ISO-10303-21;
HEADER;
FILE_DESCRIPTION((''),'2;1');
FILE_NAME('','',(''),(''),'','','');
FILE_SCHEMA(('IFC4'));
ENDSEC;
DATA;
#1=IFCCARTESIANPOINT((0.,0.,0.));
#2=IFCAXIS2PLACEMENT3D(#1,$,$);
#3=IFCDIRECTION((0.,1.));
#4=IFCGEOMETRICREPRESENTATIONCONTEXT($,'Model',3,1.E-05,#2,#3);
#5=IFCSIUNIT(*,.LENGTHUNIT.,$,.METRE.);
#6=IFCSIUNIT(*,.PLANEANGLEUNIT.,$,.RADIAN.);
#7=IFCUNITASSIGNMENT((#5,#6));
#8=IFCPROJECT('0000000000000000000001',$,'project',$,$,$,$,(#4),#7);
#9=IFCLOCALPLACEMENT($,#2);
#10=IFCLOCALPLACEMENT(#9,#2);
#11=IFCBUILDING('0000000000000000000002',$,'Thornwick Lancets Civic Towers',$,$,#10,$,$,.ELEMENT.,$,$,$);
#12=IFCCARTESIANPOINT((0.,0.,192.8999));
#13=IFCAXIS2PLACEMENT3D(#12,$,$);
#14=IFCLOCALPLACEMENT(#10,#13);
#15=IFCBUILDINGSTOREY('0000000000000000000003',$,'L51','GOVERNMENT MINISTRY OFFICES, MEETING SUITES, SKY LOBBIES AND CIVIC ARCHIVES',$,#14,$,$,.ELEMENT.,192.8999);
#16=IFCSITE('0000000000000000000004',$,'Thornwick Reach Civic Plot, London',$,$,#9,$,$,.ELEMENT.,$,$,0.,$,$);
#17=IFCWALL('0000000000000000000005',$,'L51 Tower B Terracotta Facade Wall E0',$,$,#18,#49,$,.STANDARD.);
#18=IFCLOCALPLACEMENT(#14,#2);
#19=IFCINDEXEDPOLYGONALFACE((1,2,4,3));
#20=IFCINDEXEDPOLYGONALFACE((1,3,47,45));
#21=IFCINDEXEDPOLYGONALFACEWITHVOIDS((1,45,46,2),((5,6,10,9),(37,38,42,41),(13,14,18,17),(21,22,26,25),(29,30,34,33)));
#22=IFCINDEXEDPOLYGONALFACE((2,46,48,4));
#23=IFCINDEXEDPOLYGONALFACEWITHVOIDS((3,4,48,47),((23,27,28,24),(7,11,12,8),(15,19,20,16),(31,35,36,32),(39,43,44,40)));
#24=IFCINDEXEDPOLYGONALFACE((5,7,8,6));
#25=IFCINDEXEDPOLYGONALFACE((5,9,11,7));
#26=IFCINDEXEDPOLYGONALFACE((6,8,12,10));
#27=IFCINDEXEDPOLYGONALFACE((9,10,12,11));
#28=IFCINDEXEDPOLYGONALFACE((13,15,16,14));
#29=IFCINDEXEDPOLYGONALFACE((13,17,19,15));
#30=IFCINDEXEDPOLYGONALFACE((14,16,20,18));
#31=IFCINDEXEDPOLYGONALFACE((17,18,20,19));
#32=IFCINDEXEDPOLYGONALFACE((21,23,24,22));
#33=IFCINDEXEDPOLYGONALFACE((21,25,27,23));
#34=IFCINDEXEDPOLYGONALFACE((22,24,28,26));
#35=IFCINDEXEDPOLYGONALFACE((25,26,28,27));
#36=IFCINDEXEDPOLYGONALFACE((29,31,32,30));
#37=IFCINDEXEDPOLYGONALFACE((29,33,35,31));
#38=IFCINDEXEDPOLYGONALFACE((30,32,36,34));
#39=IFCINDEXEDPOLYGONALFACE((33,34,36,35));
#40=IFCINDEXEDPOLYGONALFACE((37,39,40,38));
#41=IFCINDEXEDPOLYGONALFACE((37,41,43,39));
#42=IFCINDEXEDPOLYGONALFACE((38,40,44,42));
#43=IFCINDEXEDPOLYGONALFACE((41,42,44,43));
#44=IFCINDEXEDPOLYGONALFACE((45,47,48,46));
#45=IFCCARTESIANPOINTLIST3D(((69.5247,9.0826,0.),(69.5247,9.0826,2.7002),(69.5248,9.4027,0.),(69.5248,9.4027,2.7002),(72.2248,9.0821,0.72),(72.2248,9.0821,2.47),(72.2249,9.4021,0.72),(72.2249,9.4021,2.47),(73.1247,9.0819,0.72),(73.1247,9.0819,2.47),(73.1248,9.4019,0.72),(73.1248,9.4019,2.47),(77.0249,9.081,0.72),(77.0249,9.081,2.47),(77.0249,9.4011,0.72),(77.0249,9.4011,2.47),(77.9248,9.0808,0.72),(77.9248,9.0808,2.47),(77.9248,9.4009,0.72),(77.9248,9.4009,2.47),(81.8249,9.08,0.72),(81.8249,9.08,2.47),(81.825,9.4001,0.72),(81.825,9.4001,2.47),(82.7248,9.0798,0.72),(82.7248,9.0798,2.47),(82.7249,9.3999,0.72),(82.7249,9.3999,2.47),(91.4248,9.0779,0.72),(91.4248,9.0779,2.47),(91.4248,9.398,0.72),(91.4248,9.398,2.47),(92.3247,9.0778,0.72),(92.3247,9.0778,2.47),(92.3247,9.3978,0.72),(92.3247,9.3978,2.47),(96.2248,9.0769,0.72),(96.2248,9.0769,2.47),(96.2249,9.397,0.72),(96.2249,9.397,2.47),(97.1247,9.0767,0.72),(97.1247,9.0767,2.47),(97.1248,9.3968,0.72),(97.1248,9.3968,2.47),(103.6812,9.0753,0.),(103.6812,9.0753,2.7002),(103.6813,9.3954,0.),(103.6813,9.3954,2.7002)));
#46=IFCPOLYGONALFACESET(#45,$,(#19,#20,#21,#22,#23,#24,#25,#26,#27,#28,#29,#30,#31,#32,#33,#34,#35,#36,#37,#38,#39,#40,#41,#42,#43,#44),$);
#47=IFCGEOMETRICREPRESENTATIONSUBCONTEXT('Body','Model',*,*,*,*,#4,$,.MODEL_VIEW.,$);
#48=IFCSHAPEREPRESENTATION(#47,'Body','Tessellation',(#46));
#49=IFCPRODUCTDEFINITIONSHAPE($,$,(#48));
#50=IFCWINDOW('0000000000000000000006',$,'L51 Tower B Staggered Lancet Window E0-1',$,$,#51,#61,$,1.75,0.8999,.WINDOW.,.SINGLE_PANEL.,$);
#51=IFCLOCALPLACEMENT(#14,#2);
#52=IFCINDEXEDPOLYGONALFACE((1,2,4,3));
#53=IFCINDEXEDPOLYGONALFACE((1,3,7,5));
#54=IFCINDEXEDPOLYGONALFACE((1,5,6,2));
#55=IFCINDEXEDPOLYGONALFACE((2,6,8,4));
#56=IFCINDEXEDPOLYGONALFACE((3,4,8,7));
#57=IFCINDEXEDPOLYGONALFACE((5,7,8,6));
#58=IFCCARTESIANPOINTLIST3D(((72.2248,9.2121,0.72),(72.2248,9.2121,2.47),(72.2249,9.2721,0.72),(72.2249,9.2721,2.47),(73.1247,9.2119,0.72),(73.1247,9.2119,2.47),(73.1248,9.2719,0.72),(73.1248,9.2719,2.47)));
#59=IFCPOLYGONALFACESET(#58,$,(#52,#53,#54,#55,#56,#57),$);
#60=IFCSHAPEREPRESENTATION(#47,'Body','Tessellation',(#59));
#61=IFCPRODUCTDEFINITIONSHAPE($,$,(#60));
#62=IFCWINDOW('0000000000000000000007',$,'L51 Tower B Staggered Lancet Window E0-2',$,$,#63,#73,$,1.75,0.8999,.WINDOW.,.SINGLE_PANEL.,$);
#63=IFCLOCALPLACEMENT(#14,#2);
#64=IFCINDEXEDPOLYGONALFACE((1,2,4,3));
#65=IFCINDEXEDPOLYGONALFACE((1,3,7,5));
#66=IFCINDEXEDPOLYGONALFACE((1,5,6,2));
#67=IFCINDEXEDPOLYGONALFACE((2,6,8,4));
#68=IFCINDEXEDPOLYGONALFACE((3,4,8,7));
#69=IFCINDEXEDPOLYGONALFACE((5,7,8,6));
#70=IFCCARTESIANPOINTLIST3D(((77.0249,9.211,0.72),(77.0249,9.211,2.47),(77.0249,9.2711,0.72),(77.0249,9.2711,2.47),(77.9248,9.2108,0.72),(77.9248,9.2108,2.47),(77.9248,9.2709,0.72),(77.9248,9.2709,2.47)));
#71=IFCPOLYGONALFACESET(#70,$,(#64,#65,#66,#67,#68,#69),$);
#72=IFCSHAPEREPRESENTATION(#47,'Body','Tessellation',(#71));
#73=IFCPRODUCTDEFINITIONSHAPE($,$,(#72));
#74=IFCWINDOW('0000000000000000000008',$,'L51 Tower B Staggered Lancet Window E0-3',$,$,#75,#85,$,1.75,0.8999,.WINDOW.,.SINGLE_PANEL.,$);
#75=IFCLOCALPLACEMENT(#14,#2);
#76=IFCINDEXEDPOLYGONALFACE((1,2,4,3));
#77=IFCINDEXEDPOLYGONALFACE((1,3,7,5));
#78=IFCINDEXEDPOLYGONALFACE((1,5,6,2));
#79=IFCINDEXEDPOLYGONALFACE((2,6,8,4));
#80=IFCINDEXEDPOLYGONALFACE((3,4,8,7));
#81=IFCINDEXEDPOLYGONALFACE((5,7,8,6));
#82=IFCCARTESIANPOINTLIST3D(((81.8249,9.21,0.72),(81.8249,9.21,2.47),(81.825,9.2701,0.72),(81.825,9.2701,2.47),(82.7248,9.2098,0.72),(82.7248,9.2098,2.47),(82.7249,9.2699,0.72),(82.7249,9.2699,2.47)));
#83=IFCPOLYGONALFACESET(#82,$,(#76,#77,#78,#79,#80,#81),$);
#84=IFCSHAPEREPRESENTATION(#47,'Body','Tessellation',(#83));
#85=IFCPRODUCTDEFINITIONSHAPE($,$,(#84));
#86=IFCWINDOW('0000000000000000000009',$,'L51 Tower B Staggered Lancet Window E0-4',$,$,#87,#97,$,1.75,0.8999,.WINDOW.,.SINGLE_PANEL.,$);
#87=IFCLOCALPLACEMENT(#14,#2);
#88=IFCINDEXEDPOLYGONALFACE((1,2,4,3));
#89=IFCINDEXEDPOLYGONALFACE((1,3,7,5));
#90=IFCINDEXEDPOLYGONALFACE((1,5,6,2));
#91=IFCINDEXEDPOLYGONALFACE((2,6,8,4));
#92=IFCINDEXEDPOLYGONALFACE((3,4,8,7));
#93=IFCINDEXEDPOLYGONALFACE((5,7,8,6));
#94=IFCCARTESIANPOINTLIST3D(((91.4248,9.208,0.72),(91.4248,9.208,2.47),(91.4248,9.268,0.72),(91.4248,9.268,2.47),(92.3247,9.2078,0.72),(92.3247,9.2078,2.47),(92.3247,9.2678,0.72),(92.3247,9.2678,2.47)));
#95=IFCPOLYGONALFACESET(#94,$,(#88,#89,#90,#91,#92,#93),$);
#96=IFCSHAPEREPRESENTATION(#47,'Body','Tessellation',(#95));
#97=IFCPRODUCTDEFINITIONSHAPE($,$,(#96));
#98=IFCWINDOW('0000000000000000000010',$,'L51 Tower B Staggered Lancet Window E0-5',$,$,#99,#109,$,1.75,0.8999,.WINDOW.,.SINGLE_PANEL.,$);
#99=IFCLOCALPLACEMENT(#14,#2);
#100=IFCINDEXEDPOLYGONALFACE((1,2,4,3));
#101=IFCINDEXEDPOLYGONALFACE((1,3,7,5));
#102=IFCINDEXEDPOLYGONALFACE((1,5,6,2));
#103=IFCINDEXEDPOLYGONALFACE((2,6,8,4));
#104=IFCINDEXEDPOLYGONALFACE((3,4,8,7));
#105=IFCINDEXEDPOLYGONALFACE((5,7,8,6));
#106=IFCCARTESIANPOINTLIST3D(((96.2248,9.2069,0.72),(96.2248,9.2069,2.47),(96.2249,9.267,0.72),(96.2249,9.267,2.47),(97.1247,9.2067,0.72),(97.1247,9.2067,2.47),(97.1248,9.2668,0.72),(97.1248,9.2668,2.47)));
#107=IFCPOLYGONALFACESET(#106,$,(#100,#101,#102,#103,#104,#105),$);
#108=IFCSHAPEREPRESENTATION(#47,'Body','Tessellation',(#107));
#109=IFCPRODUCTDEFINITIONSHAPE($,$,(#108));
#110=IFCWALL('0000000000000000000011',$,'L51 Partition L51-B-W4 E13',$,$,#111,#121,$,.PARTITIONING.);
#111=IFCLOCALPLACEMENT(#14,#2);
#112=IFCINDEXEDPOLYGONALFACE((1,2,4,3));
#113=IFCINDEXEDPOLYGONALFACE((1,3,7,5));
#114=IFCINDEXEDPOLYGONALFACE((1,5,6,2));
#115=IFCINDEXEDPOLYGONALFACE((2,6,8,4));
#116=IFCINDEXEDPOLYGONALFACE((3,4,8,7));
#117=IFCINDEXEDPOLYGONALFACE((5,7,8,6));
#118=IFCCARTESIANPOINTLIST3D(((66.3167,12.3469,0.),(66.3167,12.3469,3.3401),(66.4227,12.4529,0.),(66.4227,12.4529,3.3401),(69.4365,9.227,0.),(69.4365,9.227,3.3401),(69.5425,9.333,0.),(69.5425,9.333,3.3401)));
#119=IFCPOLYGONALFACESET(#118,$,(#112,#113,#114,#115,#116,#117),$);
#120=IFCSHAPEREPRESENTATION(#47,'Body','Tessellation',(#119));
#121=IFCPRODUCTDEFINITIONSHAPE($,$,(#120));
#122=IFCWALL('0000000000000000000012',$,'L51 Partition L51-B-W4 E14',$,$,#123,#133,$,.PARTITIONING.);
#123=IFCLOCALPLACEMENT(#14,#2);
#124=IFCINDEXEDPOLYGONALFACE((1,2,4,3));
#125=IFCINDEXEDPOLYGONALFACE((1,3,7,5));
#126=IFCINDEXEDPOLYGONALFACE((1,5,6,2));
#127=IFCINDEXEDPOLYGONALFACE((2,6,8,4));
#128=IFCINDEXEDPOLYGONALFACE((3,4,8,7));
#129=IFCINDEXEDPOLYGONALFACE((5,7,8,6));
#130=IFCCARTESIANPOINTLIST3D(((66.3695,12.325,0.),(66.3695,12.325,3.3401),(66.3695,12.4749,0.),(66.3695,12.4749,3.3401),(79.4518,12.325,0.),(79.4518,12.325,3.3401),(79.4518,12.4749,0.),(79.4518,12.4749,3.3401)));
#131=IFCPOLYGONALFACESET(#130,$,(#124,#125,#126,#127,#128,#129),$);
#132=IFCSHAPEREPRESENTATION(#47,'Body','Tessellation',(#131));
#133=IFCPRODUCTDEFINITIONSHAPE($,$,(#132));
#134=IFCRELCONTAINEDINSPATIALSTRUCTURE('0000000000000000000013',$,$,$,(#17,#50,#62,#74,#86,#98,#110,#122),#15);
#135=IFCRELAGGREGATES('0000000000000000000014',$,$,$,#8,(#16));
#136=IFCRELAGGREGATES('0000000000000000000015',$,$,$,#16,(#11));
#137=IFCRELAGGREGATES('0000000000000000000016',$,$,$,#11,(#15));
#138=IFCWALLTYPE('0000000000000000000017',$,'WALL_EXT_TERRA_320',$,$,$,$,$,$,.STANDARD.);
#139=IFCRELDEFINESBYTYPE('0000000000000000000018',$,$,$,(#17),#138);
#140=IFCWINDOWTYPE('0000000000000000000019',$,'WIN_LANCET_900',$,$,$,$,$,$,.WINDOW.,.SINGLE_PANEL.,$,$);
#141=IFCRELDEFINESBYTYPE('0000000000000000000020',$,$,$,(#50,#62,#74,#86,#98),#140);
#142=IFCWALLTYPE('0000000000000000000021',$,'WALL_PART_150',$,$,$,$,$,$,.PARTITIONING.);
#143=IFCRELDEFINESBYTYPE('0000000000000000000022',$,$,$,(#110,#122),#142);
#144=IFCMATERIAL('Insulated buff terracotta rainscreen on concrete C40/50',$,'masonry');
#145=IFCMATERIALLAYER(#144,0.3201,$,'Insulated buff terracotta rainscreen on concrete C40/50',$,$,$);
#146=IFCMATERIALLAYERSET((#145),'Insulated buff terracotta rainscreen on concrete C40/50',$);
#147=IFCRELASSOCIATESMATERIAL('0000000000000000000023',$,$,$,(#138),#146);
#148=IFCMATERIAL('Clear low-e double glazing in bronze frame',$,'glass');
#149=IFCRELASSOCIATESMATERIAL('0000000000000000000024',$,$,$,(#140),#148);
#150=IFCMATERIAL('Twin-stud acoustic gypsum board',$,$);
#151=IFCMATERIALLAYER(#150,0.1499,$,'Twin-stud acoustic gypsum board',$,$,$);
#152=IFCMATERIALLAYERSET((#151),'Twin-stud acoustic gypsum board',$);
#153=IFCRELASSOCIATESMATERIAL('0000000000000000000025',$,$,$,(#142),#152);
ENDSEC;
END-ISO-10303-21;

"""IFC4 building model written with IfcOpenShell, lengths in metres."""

from ifc_helpers import new_model, si_unit, direction, frame, frame_2d, origin, place, context, subcontext, project, spatial, rectangle, extrude, material, layer, layer_set, type_object, element, fill, save


model = new_model("IFC4")

# Units and contexts
model_context = context("Model", 3, precision=1e-05, world=origin(), true_north=direction((0.0, 1.0)))
body_context = subcontext(model_context, "Body", "Model", "MODEL_VIEW")
ifc_project = project(units=[si_unit("LENGTHUNIT", "METRE"), si_unit("PLANEANGLEUNIT", "RADIAN")], contexts=[model_context])

# Site, building, storey
site_placement = place(None, origin())
site = spatial("IfcSite", under=ifc_project, at=site_placement, Name="Thornwick Reach Civic Plot, London", CompositionType="ELEMENT", RefElevation=0.0)
building_placement = place(site_placement, origin())
building = spatial("IfcBuilding", under=site, at=building_placement, Name="Thornwick Lancets Civic Towers", CompositionType="ELEMENT")
storey_placement = place(building_placement, frame((0.0, 0.0, 192.8999)))
storey = spatial("IfcBuildingStorey", under=building, at=storey_placement, Name="L51", Description="GOVERNMENT MINISTRY OFFICES, MEETING SUITES, SKY LOBBIES AND CIVIC ARCHIVES", CompositionType="ELEMENT", Elevation=192.8999)

# Wall, openings, windows
ifc_material_1 = material(Name="Insulated buff terracotta rainscreen on concrete C40/50", Category="masonry")
ifc_layer_1 = layer(ifc_material_1, 0.3201, Name="Insulated buff terracotta rainscreen on concrete C40/50")
ifc_layer_set_1 = layer_set([ifc_layer_1], Name="Insulated buff terracotta rainscreen on concrete C40/50")
wall_type_1 = type_object("IfcWallType", Name="WALL_EXT_TERRA_320", PredefinedType="STANDARD", material=ifc_layer_set_1)
ifc_material_2 = material(Name="Clear low-e double glazing in bronze frame", Category="glass")
window_type = type_object("IfcWindowType", Name="WIN_LANCET_900", PartitioningType="SINGLE_PANEL", PredefinedType="WINDOW", material=ifc_material_2)
wall_1_placement = place(storey_placement, frame((69.5249, 9.2427, 0.0), z_axis=(0.0, 0.0, 1.0), x_axis=(1.0, -0.000214, 0.0)))
wall_1 = element("IfcWall", 1, at=wall_1_placement, inside=storey, type_object=wall_type_1, Name="L51 Tower B Terracotta Facade Wall E0", PredefinedType="STANDARD", context=body_context, shape_type="SweptSolid", body=[
    extrude(rectangle(XDim=34.1565, YDim=0.3201, at=frame_2d((17.0781, 0.0))), origin(), (0.0, 0.0, 1.0), 2.7002),
])
opening_1_placement = place(wall_1_placement, frame((2.7, 0.0, 0.72)))
opening_1 = element("IfcOpeningElement", 2, at=opening_1_placement, cuts=wall_1, PredefinedType="OPENING", context=body_context, shape_type="SweptSolid", body=[
    extrude(rectangle(XDim=0.8999, YDim=1.75, at=frame_2d((0.45, 0.875))), frame((0.0, 0.1699, 0.0), z_axis=(0.0, -1.0, 0.0), x_axis=(1.0, 0.0, 0.0)), (0.0, 0.0, 1.0), 0.3401),
])
opening_2_placement = place(wall_1_placement, frame((7.5, 0.0, 0.72)))
opening_2 = element("IfcOpeningElement", 3, at=opening_2_placement, cuts=wall_1, PredefinedType="OPENING", context=body_context, shape_type="SweptSolid", body=[
    extrude(rectangle(XDim=0.8999, YDim=1.75, at=frame_2d((0.45, 0.875))), frame((0.0, 0.1699, 0.0), z_axis=(0.0, -1.0, 0.0), x_axis=(1.0, 0.0, 0.0)), (0.0, 0.0, 1.0), 0.3401),
])
opening_3_placement = place(wall_1_placement, frame((12.3, 0.0, 0.72)))
opening_3 = element("IfcOpeningElement", 4, at=opening_3_placement, cuts=wall_1, PredefinedType="OPENING", context=body_context, shape_type="SweptSolid", body=[
    extrude(rectangle(XDim=0.8999, YDim=1.75, at=frame_2d((0.45, 0.875))), frame((0.0, 0.1699, 0.0), z_axis=(0.0, -1.0, 0.0), x_axis=(1.0, 0.0, 0.0)), (0.0, 0.0, 1.0), 0.3401),
])
opening_4_placement = place(wall_1_placement, frame((21.8999, 0.0, 0.72)))
opening_4 = element("IfcOpeningElement", 5, at=opening_4_placement, cuts=wall_1, PredefinedType="OPENING", context=body_context, shape_type="SweptSolid", body=[
    extrude(rectangle(XDim=0.8999, YDim=1.75, at=frame_2d((0.45, 0.875))), frame((0.0, 0.1699, 0.0), z_axis=(0.0, -1.0, 0.0), x_axis=(1.0, 0.0, 0.0)), (0.0, 0.0, 1.0), 0.3401),
])
opening_5_placement = place(wall_1_placement, frame((26.7, 0.0, 0.72)))
opening_5 = element("IfcOpeningElement", 6, at=opening_5_placement, cuts=wall_1, PredefinedType="OPENING", context=body_context, shape_type="SweptSolid", body=[
    extrude(rectangle(XDim=0.8999, YDim=1.75, at=frame_2d((0.45, 0.875))), frame((0.0, 0.1699, 0.0), z_axis=(0.0, -1.0, 0.0), x_axis=(1.0, 0.0, 0.0)), (0.0, 0.0, 1.0), 0.3401),
])
window_1_placement = place(opening_1_placement, origin())
window_1 = element("IfcWindow", 7, at=window_1_placement, inside=storey, type_object=window_type, Name="L51 Tower B Staggered Lancet Window E0-1", OverallHeight=1.75, OverallWidth=0.8999, PartitioningType="SINGLE_PANEL", PredefinedType="WINDOW", context=body_context, shape_type="SweptSolid", body=[
    extrude(rectangle(XDim=0.8999, YDim=1.75, at=frame_2d((0.45, 0.875))), frame((0.0, 0.03, 0.0), z_axis=(0.0, -1.0, 0.0), x_axis=(1.0, 0.0, 0.0)), (0.0, 0.0, 1.0), 0.0601),
])
fill(opening_1, window_1)
window_2_placement = place(opening_2_placement, origin())
window_2 = element("IfcWindow", 8, at=window_2_placement, inside=storey, type_object=window_type, Name="L51 Tower B Staggered Lancet Window E0-2", OverallHeight=1.75, OverallWidth=0.8999, PartitioningType="SINGLE_PANEL", PredefinedType="WINDOW", context=body_context, shape_type="SweptSolid", body=[
    extrude(rectangle(XDim=0.8999, YDim=1.75, at=frame_2d((0.45, 0.875))), frame((0.0, 0.03, 0.0), z_axis=(0.0, -1.0, 0.0), x_axis=(1.0, 0.0, 0.0)), (0.0, 0.0, 1.0), 0.0601),
])
fill(opening_2, window_2)
window_3_placement = place(opening_3_placement, origin())
window_3 = element("IfcWindow", 9, at=window_3_placement, inside=storey, type_object=window_type, Name="L51 Tower B Staggered Lancet Window E0-3", OverallHeight=1.75, OverallWidth=0.8999, PartitioningType="SINGLE_PANEL", PredefinedType="WINDOW", context=body_context, shape_type="SweptSolid", body=[
    extrude(rectangle(XDim=0.8999, YDim=1.75, at=frame_2d((0.45, 0.875))), frame((0.0, 0.03, 0.0), z_axis=(0.0, -1.0, 0.0), x_axis=(1.0, 0.0, 0.0)), (0.0, 0.0, 1.0), 0.0601),
])
fill(opening_3, window_3)
window_4_placement = place(opening_4_placement, origin())
window_4 = element("IfcWindow", 10, at=window_4_placement, inside=storey, type_object=window_type, Name="L51 Tower B Staggered Lancet Window E0-4", OverallHeight=1.75, OverallWidth=0.8999, PartitioningType="SINGLE_PANEL", PredefinedType="WINDOW", context=body_context, shape_type="SweptSolid", body=[
    extrude(rectangle(XDim=0.8999, YDim=1.75, at=frame_2d((0.45, 0.875))), frame((0.0, 0.03, 0.0), z_axis=(0.0, -1.0, 0.0), x_axis=(1.0, 0.0, 0.0)), (0.0, 0.0, 1.0), 0.0601),
])
fill(opening_4, window_4)
window_5_placement = place(opening_5_placement, origin())
window_5 = element("IfcWindow", 11, at=window_5_placement, inside=storey, type_object=window_type, Name="L51 Tower B Staggered Lancet Window E0-5", OverallHeight=1.75, OverallWidth=0.8999, PartitioningType="SINGLE_PANEL", PredefinedType="WINDOW", context=body_context, shape_type="SweptSolid", body=[
    extrude(rectangle(XDim=0.8999, YDim=1.75, at=frame_2d((0.45, 0.875))), frame((0.0, 0.03, 0.0), z_axis=(0.0, -1.0, 0.0), x_axis=(1.0, 0.0, 0.0)), (0.0, 0.0, 1.0), 0.0601),
])
fill(opening_5, window_5)

# Walls
ifc_material_3 = material(Name="Twin-stud acoustic gypsum board")
ifc_layer_2 = layer(ifc_material_3, 0.1499, Name="Twin-stud acoustic gypsum board")
ifc_layer_set_2 = layer_set([ifc_layer_2], Name="Twin-stud acoustic gypsum board")
wall_type_2 = type_object("IfcWallType", Name="WALL_PART_150", PredefinedType="PARTITIONING", material=ifc_layer_set_2)
wall_2_placement = place(storey_placement, frame((69.4895, 9.28, 0.0), z_axis=(0.0, 0.0, 1.0), x_axis=(-0.707107, 0.707107, 0.0)))
element("IfcWall", 12, at=wall_2_placement, inside=storey, type_object=wall_type_2, Name="L51 Partition L51-B-W4 E13", PredefinedType="PARTITIONING", context=body_context, shape_type="SweptSolid", body=[
    extrude(rectangle(XDim=4.4121, YDim=0.1499, at=frame_2d((2.2061, 0.0))), origin(), (0.0, 0.0, 1.0), 3.3401),
])
wall_3_placement = place(storey_placement, frame((66.3696, 12.3999, 0.0), z_axis=(0.0, 0.0, 1.0), x_axis=(1.0, 0.0, 0.0)))
element("IfcWall", 13, at=wall_3_placement, inside=storey, type_object=wall_type_2, Name="L51 Partition L51-B-W4 E14", PredefinedType="PARTITIONING", context=body_context, shape_type="SweptSolid", body=[
    extrude(rectangle(XDim=13.0823, YDim=0.1499, at=frame_2d((6.541, 0.0))), origin(), (0.0, 0.0, 1.0), 3.3401),
])

save(model, "model.ifc")
